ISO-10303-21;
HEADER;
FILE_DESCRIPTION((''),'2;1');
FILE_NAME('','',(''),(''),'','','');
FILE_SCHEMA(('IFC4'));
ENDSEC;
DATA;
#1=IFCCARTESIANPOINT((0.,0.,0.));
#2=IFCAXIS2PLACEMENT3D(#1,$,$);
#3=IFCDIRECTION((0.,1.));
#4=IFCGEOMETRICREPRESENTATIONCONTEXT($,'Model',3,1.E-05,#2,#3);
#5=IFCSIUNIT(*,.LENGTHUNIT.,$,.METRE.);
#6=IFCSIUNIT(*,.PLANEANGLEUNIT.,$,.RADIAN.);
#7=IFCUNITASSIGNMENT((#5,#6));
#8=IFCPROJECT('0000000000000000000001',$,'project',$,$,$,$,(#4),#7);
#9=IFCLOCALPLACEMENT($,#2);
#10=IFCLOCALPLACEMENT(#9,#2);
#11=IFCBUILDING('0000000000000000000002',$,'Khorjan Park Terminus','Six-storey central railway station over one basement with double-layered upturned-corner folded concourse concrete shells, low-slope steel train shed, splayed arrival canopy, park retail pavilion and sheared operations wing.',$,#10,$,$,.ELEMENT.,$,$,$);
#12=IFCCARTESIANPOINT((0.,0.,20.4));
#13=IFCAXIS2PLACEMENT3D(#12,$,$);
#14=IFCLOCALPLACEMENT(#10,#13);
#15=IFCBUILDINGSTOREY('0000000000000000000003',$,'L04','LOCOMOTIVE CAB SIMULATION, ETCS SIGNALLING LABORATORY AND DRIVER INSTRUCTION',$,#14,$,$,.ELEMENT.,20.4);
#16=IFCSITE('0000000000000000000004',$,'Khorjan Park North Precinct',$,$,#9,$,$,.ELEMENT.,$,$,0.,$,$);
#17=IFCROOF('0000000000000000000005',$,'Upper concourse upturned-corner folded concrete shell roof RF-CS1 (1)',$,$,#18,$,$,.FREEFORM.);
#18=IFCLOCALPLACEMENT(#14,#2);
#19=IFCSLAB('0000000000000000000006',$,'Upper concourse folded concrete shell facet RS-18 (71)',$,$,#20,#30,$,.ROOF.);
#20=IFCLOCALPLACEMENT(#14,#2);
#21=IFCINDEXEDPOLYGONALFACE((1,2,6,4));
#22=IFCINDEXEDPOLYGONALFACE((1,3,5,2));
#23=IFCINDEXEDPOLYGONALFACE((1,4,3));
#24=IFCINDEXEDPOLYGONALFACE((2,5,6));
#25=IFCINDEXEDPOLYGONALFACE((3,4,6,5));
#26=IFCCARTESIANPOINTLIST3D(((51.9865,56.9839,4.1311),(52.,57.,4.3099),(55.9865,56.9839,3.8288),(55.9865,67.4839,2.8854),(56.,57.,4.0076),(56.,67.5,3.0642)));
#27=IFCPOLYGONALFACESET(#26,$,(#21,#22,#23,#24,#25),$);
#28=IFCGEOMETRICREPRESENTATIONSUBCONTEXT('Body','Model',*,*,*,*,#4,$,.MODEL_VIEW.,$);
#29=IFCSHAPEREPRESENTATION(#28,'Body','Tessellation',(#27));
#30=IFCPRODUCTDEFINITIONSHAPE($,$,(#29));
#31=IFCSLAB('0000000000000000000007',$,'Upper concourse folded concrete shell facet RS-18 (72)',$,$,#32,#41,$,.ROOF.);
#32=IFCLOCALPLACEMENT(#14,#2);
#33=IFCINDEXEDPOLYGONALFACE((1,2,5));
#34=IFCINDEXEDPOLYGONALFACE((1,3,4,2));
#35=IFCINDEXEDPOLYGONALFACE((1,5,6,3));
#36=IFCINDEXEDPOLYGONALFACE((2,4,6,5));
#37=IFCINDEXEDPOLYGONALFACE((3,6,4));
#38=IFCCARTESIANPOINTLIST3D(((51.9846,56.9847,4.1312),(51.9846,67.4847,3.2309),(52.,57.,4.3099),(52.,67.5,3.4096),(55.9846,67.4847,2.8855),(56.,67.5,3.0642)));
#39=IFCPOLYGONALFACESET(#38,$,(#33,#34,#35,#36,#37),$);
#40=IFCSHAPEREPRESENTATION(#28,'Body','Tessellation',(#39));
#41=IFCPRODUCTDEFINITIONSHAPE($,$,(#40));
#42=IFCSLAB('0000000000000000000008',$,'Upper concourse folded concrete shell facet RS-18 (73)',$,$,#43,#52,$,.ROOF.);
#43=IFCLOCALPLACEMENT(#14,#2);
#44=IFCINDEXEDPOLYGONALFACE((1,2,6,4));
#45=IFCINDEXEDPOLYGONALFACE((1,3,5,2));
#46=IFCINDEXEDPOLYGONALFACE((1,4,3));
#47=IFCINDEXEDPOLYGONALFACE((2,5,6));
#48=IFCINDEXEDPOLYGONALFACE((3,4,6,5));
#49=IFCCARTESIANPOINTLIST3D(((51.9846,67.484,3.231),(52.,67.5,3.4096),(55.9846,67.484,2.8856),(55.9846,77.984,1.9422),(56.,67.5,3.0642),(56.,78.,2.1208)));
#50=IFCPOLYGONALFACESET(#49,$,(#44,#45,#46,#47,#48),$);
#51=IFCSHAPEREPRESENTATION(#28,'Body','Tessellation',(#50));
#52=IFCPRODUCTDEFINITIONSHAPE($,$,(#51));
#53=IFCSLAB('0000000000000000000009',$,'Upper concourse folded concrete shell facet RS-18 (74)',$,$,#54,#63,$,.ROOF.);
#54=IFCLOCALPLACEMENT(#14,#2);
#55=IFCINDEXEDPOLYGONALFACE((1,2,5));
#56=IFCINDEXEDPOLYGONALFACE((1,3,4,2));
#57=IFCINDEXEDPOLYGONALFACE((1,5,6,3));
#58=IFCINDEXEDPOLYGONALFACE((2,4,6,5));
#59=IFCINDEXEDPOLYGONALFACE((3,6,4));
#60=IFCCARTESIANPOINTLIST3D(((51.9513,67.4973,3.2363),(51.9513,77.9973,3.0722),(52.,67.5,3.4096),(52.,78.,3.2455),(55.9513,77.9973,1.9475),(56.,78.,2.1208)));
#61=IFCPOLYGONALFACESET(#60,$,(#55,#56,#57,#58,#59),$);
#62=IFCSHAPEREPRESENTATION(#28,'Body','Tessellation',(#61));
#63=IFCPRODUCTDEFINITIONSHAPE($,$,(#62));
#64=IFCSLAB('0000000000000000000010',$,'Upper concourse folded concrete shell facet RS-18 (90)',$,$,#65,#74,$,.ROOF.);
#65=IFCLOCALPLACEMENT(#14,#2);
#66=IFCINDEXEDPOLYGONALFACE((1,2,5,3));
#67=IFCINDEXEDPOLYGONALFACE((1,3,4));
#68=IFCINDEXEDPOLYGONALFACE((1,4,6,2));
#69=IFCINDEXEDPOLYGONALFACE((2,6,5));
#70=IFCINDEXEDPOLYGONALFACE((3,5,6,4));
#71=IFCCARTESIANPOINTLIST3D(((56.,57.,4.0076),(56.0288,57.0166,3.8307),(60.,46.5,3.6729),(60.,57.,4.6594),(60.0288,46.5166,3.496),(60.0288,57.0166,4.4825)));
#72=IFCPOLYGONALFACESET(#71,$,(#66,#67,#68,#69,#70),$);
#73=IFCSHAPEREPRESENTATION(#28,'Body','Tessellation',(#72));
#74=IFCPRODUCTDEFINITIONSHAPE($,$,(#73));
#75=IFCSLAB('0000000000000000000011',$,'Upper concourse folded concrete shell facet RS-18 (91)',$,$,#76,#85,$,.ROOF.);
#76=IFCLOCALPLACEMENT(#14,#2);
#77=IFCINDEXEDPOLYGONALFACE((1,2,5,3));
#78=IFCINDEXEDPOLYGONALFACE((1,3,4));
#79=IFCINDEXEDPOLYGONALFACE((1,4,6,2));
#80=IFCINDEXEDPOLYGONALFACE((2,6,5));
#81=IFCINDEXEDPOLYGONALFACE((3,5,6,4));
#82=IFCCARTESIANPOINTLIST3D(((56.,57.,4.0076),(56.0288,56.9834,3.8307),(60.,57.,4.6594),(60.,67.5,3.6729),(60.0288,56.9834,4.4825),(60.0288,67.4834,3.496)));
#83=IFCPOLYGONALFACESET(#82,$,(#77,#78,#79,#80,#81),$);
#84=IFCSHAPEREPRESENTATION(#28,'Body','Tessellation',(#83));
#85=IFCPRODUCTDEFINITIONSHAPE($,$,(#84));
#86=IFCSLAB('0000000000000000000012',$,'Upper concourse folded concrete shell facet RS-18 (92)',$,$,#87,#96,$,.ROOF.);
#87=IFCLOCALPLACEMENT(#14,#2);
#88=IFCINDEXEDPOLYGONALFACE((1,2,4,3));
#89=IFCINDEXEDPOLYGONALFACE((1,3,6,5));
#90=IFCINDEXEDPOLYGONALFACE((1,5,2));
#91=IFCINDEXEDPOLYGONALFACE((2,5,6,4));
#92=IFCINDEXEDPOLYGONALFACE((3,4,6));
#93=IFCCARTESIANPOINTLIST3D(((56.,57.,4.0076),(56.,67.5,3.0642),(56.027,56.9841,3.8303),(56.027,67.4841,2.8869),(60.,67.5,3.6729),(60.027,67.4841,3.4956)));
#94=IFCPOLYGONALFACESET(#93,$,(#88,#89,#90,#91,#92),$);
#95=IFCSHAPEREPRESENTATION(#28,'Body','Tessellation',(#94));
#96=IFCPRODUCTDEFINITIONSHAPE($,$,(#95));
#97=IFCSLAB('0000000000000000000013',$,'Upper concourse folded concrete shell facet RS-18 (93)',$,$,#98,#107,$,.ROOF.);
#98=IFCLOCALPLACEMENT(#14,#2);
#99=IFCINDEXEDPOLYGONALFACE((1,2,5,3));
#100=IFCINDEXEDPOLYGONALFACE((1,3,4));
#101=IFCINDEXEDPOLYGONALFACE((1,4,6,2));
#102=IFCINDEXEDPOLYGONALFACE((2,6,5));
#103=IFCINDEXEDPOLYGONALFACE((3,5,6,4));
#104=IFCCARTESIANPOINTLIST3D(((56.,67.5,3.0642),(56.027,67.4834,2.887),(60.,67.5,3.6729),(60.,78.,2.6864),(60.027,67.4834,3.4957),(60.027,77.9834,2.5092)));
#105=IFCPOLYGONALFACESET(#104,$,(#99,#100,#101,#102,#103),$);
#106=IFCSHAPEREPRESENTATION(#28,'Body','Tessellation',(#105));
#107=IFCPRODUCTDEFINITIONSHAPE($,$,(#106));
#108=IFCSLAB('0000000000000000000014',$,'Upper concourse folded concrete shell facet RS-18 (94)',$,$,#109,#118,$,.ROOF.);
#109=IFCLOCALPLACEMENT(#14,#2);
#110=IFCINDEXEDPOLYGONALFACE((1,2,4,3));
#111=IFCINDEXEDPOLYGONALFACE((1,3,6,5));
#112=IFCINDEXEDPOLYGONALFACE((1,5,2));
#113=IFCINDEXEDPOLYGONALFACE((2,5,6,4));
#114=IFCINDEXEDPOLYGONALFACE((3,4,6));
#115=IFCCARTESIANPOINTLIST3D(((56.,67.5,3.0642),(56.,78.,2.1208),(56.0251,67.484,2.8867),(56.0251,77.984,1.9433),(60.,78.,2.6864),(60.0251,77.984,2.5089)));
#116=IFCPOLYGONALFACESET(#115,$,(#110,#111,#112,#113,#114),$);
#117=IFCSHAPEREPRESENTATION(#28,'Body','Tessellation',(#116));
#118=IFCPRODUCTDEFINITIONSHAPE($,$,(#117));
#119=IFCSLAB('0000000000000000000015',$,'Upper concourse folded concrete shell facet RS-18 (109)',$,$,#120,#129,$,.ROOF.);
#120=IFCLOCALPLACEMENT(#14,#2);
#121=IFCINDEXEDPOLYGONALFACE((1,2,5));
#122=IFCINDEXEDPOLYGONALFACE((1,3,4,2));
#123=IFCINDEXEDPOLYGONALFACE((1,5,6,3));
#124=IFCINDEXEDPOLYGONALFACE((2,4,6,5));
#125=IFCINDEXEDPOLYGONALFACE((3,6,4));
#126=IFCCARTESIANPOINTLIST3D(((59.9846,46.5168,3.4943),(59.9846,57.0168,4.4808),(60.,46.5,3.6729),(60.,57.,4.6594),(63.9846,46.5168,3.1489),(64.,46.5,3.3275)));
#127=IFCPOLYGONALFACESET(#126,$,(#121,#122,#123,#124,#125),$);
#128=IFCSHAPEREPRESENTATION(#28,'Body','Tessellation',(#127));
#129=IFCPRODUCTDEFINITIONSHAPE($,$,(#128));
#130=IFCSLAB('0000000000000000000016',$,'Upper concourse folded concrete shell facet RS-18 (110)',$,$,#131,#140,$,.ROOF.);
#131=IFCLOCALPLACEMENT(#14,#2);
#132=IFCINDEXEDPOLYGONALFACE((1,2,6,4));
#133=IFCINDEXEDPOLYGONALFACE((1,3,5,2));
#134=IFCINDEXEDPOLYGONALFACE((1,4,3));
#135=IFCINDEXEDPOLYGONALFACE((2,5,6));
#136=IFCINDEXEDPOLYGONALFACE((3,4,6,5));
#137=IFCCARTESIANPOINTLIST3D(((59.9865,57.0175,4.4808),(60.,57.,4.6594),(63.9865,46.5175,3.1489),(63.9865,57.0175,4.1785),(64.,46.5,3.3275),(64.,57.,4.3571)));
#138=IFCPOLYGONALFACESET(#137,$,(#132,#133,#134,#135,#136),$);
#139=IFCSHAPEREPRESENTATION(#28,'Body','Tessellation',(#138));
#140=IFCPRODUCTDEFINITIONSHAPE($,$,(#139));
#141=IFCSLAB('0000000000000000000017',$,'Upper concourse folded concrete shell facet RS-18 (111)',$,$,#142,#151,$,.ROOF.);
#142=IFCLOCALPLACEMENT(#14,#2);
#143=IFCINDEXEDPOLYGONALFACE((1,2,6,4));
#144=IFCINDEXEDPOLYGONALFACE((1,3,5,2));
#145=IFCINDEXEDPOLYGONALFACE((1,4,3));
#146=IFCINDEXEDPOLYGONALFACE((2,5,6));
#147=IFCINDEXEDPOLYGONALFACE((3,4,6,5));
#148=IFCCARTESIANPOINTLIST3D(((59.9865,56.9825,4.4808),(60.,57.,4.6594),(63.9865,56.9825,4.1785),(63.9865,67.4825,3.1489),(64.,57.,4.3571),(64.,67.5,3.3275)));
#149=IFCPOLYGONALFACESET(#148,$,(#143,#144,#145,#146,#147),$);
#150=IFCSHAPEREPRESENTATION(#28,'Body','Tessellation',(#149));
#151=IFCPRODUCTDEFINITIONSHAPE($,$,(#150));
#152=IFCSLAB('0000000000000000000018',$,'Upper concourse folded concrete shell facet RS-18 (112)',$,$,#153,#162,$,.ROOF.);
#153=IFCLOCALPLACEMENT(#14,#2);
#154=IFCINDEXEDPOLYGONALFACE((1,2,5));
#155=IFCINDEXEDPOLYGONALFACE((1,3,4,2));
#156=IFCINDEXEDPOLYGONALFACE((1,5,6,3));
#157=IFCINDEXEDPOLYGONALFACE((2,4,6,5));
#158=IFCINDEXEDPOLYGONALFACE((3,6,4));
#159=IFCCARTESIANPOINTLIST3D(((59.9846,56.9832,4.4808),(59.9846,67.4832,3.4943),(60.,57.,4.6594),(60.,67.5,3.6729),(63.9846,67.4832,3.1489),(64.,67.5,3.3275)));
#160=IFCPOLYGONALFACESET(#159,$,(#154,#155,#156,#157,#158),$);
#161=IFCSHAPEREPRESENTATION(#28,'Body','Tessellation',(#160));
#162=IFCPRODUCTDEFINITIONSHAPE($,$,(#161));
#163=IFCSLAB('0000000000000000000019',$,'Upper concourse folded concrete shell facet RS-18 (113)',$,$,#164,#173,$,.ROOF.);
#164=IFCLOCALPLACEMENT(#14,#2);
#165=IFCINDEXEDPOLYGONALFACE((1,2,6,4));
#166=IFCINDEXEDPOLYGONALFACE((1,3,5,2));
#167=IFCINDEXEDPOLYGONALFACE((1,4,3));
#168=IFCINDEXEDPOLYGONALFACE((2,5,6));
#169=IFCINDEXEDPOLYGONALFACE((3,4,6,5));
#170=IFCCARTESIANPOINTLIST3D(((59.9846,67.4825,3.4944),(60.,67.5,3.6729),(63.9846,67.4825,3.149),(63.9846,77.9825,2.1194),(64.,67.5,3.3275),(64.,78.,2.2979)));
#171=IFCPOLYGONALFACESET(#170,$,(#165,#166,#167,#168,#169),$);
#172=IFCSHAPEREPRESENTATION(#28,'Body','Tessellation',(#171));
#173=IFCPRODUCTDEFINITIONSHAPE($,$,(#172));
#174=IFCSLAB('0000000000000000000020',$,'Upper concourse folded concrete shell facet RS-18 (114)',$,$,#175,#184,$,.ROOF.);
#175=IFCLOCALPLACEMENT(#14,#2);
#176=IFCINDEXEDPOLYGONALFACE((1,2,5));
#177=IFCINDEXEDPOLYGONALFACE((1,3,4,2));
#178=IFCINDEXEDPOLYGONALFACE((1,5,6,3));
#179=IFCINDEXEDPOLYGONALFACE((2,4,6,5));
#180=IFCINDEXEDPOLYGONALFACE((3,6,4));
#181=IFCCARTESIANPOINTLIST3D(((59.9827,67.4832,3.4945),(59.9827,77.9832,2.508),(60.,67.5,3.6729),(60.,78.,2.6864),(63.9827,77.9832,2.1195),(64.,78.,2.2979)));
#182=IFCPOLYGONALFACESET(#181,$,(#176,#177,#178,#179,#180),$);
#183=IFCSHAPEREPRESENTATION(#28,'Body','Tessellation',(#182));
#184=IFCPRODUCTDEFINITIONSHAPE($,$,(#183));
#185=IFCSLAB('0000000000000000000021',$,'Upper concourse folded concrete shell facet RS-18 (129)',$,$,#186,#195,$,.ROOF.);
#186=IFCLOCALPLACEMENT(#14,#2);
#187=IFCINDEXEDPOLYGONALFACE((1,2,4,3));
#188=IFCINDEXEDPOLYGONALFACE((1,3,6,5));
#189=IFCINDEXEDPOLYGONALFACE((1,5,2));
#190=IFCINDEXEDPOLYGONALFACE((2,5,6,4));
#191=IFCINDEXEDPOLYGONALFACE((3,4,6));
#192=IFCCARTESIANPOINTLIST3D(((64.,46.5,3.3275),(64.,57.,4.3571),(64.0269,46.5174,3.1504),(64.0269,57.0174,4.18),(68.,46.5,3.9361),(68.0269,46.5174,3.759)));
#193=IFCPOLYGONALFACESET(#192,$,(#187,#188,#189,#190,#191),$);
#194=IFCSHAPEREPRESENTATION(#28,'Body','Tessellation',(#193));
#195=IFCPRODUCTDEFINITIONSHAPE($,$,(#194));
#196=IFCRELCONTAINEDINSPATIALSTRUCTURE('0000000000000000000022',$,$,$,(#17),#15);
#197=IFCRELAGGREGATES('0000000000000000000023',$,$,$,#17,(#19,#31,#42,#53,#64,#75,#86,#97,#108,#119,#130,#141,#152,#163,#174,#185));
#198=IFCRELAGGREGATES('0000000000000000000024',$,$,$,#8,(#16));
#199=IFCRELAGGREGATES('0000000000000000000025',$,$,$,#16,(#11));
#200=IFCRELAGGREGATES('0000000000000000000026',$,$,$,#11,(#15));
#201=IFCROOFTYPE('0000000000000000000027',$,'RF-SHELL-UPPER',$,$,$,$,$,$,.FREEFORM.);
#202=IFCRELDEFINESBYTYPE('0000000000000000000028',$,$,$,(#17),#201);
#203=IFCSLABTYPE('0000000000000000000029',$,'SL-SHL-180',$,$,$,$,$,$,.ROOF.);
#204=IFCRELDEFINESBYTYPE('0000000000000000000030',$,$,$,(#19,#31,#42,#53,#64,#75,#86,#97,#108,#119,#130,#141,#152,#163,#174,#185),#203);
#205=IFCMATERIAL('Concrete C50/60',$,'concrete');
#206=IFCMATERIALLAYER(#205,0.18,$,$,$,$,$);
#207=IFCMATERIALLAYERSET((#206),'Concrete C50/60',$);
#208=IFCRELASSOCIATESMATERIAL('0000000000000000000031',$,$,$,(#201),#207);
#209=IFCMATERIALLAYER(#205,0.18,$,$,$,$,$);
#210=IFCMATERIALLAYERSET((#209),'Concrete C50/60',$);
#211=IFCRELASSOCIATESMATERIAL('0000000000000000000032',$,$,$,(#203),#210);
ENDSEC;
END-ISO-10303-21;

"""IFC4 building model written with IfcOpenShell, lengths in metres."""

from ifc_helpers import new_model, si_unit, direction, frame, origin, place, context, subcontext, project, spatial, polyline, outline, extrude, material, layer, layer_set, type_object, element, aggregate, save


model = new_model("IFC4")

# Units and contexts
model_context = context("Model", 3, precision=1e-05, world=origin(), true_north=direction((0.0, 1.0)))
body_context = subcontext(model_context, "Body", "Model", "MODEL_VIEW")
ifc_project = project(units=[si_unit("LENGTHUNIT", "METRE"), si_unit("PLANEANGLEUNIT", "RADIAN")], contexts=[model_context])

# Site, building, storey
site_placement = place(None, origin())
site = spatial("IfcSite", under=ifc_project, at=site_placement, Name="Khorjan Park North Precinct", CompositionType="ELEMENT", RefElevation=0.0)
building_placement = place(site_placement, origin())
building = spatial("IfcBuilding", under=site, at=building_placement, Name="Khorjan Park Terminus", Description="Six-storey central railway station over one basement with double-layered upturned-corner folded concourse concrete shells, low-slope steel train shed, splayed arrival canopy, park retail pavilion and sheared operations wing.", CompositionType="ELEMENT")
storey_placement = place(building_placement, frame((0.0, 0.0, 20.4)))
storey = spatial("IfcBuildingStorey", under=building, at=storey_placement, Name="L04", Description="LOCOMOTIVE CAB SIMULATION, ETCS SIGNALLING LABORATORY AND DRIVER INSTRUCTION", CompositionType="ELEMENT", Elevation=20.4)

# Roof, slabs
ifc_material = material(Name="Concrete C50/60", Category="concrete")
ifc_layer_1 = layer(ifc_material, 0.18)
ifc_layer_set_1 = layer_set([ifc_layer_1], Name="Concrete C50/60")
roof_type = type_object("IfcRoofType", Name="RF-SHELL-UPPER", PredefinedType="FREEFORM", material=ifc_layer_set_1)
roof_placement = place(storey_placement, origin())
roof = element("IfcRoof", 1, at=roof_placement, inside=storey, type_object=roof_type, Name="Upper concourse upturned-corner folded concrete shell roof RF-CS1 (1)", PredefinedType="FREEFORM")
ifc_layer_2 = layer(ifc_material, 0.18)
ifc_layer_set_2 = layer_set([ifc_layer_2], Name="Concrete C50/60")
slab_type = type_object("IfcSlabType", Name="SL-SHL-180", PredefinedType="ROOF", material=ifc_layer_set_2)
slab_1_placement = place(storey_placement, frame((52.0, 57.0, 4.3099), z_axis=(0.075059, 0.089235, 0.993178), x_axis=(0.997156, 0.0, -0.07536)))
slab_1 = element("IfcSlab", 2, at=slab_1_placement, type_object=slab_type, Name="Upper concourse folded concrete shell facet RS-18 (71)", PredefinedType="ROOF", context=body_context, shape_type="SweptSolid", body=[
    extrude(outline(polyline([(0.0, 0.0), (4.0114, 0.0), (4.0825, 10.5421), (0.0, 0.0)])), origin(), (0.0, 0.0, -1.0), 0.18),
])
slab_2_placement = place(storey_placement, frame((52.0, 57.0, 4.3099), z_axis=(0.085718, 0.085115, 0.992677), x_axis=(0.353827, 0.928797, -0.110191)))
slab_2 = element("IfcSlab", 3, at=slab_2_placement, type_object=slab_type, Name="Upper concourse folded concrete shell facet RS-18 (72)", PredefinedType="ROOF", context=body_context, shape_type="SweptSolid", body=[
    extrude(outline(polyline([(0.0, 0.0), (11.3049, 0.0), (9.8516, 3.7426), (0.0, 0.0)])), origin(), (0.0, 0.0, -1.0), 0.18),
])
slab_3_placement = place(storey_placement, frame((52.0, 67.5, 3.4096), z_axis=(0.085687, 0.089158, 0.992325), x_axis=(0.996293, 0.0, -0.08603)))
slab_3 = element("IfcSlab", 4, at=slab_3_placement, type_object=slab_type, Name="Upper concourse folded concrete shell facet RS-18 (73)", PredefinedType="ROOF", context=body_context, shape_type="SweptSolid", body=[
    extrude(outline(polyline([(0.0, 0.0), (4.0149, 0.0), (4.096, 10.542), (0.0, 0.0)])), origin(), (0.0, 0.0, -1.0), 0.18),
])
slab_4_placement = place(storey_placement, frame((52.0, 67.5, 3.4096), z_axis=(0.270648, 0.015043, 0.962561), x_axis=(0.353676, 0.9284, -0.113955)))
slab_4 = element("IfcSlab", 5, at=slab_4_placement, type_object=slab_type, Name="Upper concourse folded concrete shell facet RS-18 (74)", PredefinedType="ROOF", context=body_context, shape_type="SweptSolid", body=[
    extrude(outline(polyline([(0.0, 0.0), (11.3098, 0.0), (9.7669, 3.858), (0.0, 0.0)])), origin(), (0.0, 0.0, -1.0), 0.18),
])
slab_5_placement = place(storey_placement, frame((60.0, 46.5, 3.6729), z_axis=(-0.160142, -0.092333, 0.982766), x_axis=(0.0, 0.995615, 0.09354)))
slab_5 = element("IfcSlab", 6, at=slab_5_placement, type_object=slab_type, Name="Upper concourse folded concrete shell facet RS-18 (90)", PredefinedType="ROOF", context=body_context, shape_type="SweptSolid", body=[
    extrude(outline(polyline([(0.0, 0.0), (10.5462, 0.0), (10.4853, 4.0523), (0.0, 0.0)])), origin(), (0.0, 0.0, -1.0), 0.18),
])
slab_6_placement = place(storey_placement, frame((56.0, 57.0, 4.0076), z_axis=(-0.160142, 0.092333, 0.982766), x_axis=(0.986982, 0.0, 0.160829)))
slab_6 = element("IfcSlab", 7, at=slab_6_placement, type_object=slab_type, Name="Upper concourse folded concrete shell facet RS-18 (91)", PredefinedType="ROOF", context=body_context, shape_type="SweptSolid", body=[
    extrude(outline(polyline([(0.0, 0.0), (4.0528, 0.0), (3.8941, 10.545), (0.0, 0.0)])), origin(), (0.0, 0.0, -1.0), 0.18),
])
slab_7_placement = place(storey_placement, frame((56.0, 57.0, 4.0076), z_axis=(-0.149853, 0.088477, 0.984742), x_axis=(0.355837, 0.934073, -0.029775)))
slab_7 = element("IfcSlab", 8, at=slab_7_placement, type_object=slab_type, Name="Upper concourse folded concrete shell facet RS-18 (92)", PredefinedType="ROOF", context=body_context, shape_type="SweptSolid", body=[
    extrude(outline(polyline([(0.0, 0.0), (11.2411, 0.0), (9.8359, 3.7942), (0.0, 0.0)])), origin(), (0.0, 0.0, -1.0), 0.18),
])
slab_8_placement = place(storey_placement, frame((56.0, 67.5, 3.0642), z_axis=(-0.149798, 0.092485, 0.984382), x_axis=(0.988619, 0.0, 0.150443)))
slab_8 = element("IfcSlab", 9, at=slab_8_placement, type_object=slab_type, Name="Upper concourse folded concrete shell facet RS-18 (93)", PredefinedType="ROOF", context=body_context, shape_type="SweptSolid", body=[
    extrude(outline(polyline([(0.0, 0.0), (4.046, 0.0), (3.8976, 10.5452), (0.0, 0.0)])), origin(), (0.0, 0.0, -1.0), 0.18),
])
slab_9_placement = place(storey_placement, frame((56.0, 67.5, 3.0642), z_axis=(-0.139457, 0.088613, 0.986255), x_axis=(0.355794, 0.93396, -0.033605)))
slab_9 = element("IfcSlab", 10, at=slab_9_placement, type_object=slab_type, Name="Upper concourse folded concrete shell facet RS-18 (94)", PredefinedType="ROOF", context=body_context, shape_type="SweptSolid", body=[
    extrude(outline(polyline([(0.0, 0.0), (11.2425, 0.0), (9.8383, 3.7879), (0.0, 0.0)])), origin(), (0.0, 0.0, -1.0), 0.18),
])
slab_10_placement = place(storey_placement, frame((60.0, 46.5, 3.6729), z_axis=(0.085655, -0.093197, 0.991956), x_axis=(0.996293, 0.0, -0.08603)))
slab_10 = element("IfcSlab", 11, at=slab_10_placement, type_object=slab_type, Name="Upper concourse folded concrete shell facet RS-18 (109)", PredefinedType="ROOF", context=body_context, shape_type="SweptSolid", body=[
    extrude(outline(polyline([(0.0, 0.0), (4.0149, 0.0), (-0.0849, 10.5459), (0.0, 0.0)])), origin(), (0.0, 0.0, -1.0), 0.18),
])
slab_11_placement = place(storey_placement, frame((64.0, 46.5, 3.3275), z_axis=(0.075002, -0.097314, 0.992424), x_axis=(0.0, 0.995227, 0.097589)))
slab_11 = element("IfcSlab", 12, at=slab_11_placement, type_object=slab_type, Name="Upper concourse folded concrete shell facet RS-18 (110)", PredefinedType="ROOF", context=body_context, shape_type="SweptSolid", body=[
    extrude(outline(polyline([(0.0, 0.0), (10.5504, 0.0), (10.5799, 4.0113), (0.0, 0.0)])), origin(), (0.0, 0.0, -1.0), 0.18),
])
slab_12_placement = place(storey_placement, frame((60.0, 57.0, 4.6594), z_axis=(0.075002, 0.097314, 0.992424), x_axis=(0.997156, 0.0, -0.07536)))
slab_12 = element("IfcSlab", 13, at=slab_12_placement, type_object=slab_type, Name="Upper concourse folded concrete shell facet RS-18 (111)", PredefinedType="ROOF", context=body_context, shape_type="SweptSolid", body=[
    extrude(outline(polyline([(0.0, 0.0), (4.0114, 0.0), (4.089, 10.5501), (0.0, 0.0)])), origin(), (0.0, 0.0, -1.0), 0.18),
])
slab_13_placement = place(storey_placement, frame((60.0, 57.0, 4.6594), z_axis=(0.085655, 0.093197, 0.991956), x_axis=(0.35352, 0.927991, -0.117713)))
slab_13 = element("IfcSlab", 14, at=slab_13_placement, type_object=slab_type, Name="Upper concourse folded concrete shell facet RS-18 (112)", PredefinedType="ROOF", context=body_context, shape_type="SweptSolid", body=[
    extrude(outline(polyline([(0.0, 0.0), (11.3148, 0.0), (9.86, 3.7421), (0.0, 0.0)])), origin(), (0.0, 0.0, -1.0), 0.18),
])
slab_14_placement = place(storey_placement, frame((60.0, 67.5, 3.6729), z_axis=(0.085622, 0.097231, 0.991572), x_axis=(0.996293, 0.0, -0.08603)))
slab_14 = element("IfcSlab", 15, at=slab_14_placement, type_object=slab_type, Name="Upper concourse folded concrete shell facet RS-18 (113)", PredefinedType="ROOF", context=body_context, shape_type="SweptSolid", body=[
    extrude(outline(polyline([(0.0, 0.0), (4.0149, 0.0), (4.1035, 10.55), (0.0, 0.0)])), origin(), (0.0, 0.0, -1.0), 0.18),
])
slab_15_placement = place(storey_placement, frame((60.0, 67.5, 3.6729), z_axis=(0.09625, 0.093106, 0.990993), x_axis=(0.353359, 0.927568, -0.121467)))
slab_15 = element("IfcSlab", 16, at=slab_15_placement, type_object=slab_type, Name="Upper concourse folded concrete shell facet RS-18 (114)", PredefinedType="ROOF", context=body_context, shape_type="SweptSolid", body=[
    extrude(outline(polyline([(0.0, 0.0), (11.3199, 0.0), (9.8593, 3.744), (0.0, 0.0)])), origin(), (0.0, 0.0, -1.0), 0.18),
])
slab_16_placement = place(storey_placement, frame((64.0, 46.5, 3.3275), z_axis=(-0.149717, -0.096489, 0.984009), x_axis=(0.988622, 0.0, 0.150419)))
slab_16 = element("IfcSlab", 17, at=slab_16_placement, type_object=slab_type, Name="Upper concourse folded concrete shell facet RS-18 (129)", PredefinedType="ROOF", context=body_context, shape_type="SweptSolid", body=[
    extrude(outline(polyline([(0.0, 0.0), (4.046, 0.0), (0.1549, 10.5492), (0.0, 0.0)])), origin(), (0.0, 0.0, -1.0), 0.18),
])
aggregate(roof, [slab_1, slab_2, slab_3, slab_4, slab_5, slab_6, slab_7, slab_8, slab_9, slab_10, slab_11, slab_12, slab_13, slab_14, slab_15, slab_16])

save(model, "model.ifc")
